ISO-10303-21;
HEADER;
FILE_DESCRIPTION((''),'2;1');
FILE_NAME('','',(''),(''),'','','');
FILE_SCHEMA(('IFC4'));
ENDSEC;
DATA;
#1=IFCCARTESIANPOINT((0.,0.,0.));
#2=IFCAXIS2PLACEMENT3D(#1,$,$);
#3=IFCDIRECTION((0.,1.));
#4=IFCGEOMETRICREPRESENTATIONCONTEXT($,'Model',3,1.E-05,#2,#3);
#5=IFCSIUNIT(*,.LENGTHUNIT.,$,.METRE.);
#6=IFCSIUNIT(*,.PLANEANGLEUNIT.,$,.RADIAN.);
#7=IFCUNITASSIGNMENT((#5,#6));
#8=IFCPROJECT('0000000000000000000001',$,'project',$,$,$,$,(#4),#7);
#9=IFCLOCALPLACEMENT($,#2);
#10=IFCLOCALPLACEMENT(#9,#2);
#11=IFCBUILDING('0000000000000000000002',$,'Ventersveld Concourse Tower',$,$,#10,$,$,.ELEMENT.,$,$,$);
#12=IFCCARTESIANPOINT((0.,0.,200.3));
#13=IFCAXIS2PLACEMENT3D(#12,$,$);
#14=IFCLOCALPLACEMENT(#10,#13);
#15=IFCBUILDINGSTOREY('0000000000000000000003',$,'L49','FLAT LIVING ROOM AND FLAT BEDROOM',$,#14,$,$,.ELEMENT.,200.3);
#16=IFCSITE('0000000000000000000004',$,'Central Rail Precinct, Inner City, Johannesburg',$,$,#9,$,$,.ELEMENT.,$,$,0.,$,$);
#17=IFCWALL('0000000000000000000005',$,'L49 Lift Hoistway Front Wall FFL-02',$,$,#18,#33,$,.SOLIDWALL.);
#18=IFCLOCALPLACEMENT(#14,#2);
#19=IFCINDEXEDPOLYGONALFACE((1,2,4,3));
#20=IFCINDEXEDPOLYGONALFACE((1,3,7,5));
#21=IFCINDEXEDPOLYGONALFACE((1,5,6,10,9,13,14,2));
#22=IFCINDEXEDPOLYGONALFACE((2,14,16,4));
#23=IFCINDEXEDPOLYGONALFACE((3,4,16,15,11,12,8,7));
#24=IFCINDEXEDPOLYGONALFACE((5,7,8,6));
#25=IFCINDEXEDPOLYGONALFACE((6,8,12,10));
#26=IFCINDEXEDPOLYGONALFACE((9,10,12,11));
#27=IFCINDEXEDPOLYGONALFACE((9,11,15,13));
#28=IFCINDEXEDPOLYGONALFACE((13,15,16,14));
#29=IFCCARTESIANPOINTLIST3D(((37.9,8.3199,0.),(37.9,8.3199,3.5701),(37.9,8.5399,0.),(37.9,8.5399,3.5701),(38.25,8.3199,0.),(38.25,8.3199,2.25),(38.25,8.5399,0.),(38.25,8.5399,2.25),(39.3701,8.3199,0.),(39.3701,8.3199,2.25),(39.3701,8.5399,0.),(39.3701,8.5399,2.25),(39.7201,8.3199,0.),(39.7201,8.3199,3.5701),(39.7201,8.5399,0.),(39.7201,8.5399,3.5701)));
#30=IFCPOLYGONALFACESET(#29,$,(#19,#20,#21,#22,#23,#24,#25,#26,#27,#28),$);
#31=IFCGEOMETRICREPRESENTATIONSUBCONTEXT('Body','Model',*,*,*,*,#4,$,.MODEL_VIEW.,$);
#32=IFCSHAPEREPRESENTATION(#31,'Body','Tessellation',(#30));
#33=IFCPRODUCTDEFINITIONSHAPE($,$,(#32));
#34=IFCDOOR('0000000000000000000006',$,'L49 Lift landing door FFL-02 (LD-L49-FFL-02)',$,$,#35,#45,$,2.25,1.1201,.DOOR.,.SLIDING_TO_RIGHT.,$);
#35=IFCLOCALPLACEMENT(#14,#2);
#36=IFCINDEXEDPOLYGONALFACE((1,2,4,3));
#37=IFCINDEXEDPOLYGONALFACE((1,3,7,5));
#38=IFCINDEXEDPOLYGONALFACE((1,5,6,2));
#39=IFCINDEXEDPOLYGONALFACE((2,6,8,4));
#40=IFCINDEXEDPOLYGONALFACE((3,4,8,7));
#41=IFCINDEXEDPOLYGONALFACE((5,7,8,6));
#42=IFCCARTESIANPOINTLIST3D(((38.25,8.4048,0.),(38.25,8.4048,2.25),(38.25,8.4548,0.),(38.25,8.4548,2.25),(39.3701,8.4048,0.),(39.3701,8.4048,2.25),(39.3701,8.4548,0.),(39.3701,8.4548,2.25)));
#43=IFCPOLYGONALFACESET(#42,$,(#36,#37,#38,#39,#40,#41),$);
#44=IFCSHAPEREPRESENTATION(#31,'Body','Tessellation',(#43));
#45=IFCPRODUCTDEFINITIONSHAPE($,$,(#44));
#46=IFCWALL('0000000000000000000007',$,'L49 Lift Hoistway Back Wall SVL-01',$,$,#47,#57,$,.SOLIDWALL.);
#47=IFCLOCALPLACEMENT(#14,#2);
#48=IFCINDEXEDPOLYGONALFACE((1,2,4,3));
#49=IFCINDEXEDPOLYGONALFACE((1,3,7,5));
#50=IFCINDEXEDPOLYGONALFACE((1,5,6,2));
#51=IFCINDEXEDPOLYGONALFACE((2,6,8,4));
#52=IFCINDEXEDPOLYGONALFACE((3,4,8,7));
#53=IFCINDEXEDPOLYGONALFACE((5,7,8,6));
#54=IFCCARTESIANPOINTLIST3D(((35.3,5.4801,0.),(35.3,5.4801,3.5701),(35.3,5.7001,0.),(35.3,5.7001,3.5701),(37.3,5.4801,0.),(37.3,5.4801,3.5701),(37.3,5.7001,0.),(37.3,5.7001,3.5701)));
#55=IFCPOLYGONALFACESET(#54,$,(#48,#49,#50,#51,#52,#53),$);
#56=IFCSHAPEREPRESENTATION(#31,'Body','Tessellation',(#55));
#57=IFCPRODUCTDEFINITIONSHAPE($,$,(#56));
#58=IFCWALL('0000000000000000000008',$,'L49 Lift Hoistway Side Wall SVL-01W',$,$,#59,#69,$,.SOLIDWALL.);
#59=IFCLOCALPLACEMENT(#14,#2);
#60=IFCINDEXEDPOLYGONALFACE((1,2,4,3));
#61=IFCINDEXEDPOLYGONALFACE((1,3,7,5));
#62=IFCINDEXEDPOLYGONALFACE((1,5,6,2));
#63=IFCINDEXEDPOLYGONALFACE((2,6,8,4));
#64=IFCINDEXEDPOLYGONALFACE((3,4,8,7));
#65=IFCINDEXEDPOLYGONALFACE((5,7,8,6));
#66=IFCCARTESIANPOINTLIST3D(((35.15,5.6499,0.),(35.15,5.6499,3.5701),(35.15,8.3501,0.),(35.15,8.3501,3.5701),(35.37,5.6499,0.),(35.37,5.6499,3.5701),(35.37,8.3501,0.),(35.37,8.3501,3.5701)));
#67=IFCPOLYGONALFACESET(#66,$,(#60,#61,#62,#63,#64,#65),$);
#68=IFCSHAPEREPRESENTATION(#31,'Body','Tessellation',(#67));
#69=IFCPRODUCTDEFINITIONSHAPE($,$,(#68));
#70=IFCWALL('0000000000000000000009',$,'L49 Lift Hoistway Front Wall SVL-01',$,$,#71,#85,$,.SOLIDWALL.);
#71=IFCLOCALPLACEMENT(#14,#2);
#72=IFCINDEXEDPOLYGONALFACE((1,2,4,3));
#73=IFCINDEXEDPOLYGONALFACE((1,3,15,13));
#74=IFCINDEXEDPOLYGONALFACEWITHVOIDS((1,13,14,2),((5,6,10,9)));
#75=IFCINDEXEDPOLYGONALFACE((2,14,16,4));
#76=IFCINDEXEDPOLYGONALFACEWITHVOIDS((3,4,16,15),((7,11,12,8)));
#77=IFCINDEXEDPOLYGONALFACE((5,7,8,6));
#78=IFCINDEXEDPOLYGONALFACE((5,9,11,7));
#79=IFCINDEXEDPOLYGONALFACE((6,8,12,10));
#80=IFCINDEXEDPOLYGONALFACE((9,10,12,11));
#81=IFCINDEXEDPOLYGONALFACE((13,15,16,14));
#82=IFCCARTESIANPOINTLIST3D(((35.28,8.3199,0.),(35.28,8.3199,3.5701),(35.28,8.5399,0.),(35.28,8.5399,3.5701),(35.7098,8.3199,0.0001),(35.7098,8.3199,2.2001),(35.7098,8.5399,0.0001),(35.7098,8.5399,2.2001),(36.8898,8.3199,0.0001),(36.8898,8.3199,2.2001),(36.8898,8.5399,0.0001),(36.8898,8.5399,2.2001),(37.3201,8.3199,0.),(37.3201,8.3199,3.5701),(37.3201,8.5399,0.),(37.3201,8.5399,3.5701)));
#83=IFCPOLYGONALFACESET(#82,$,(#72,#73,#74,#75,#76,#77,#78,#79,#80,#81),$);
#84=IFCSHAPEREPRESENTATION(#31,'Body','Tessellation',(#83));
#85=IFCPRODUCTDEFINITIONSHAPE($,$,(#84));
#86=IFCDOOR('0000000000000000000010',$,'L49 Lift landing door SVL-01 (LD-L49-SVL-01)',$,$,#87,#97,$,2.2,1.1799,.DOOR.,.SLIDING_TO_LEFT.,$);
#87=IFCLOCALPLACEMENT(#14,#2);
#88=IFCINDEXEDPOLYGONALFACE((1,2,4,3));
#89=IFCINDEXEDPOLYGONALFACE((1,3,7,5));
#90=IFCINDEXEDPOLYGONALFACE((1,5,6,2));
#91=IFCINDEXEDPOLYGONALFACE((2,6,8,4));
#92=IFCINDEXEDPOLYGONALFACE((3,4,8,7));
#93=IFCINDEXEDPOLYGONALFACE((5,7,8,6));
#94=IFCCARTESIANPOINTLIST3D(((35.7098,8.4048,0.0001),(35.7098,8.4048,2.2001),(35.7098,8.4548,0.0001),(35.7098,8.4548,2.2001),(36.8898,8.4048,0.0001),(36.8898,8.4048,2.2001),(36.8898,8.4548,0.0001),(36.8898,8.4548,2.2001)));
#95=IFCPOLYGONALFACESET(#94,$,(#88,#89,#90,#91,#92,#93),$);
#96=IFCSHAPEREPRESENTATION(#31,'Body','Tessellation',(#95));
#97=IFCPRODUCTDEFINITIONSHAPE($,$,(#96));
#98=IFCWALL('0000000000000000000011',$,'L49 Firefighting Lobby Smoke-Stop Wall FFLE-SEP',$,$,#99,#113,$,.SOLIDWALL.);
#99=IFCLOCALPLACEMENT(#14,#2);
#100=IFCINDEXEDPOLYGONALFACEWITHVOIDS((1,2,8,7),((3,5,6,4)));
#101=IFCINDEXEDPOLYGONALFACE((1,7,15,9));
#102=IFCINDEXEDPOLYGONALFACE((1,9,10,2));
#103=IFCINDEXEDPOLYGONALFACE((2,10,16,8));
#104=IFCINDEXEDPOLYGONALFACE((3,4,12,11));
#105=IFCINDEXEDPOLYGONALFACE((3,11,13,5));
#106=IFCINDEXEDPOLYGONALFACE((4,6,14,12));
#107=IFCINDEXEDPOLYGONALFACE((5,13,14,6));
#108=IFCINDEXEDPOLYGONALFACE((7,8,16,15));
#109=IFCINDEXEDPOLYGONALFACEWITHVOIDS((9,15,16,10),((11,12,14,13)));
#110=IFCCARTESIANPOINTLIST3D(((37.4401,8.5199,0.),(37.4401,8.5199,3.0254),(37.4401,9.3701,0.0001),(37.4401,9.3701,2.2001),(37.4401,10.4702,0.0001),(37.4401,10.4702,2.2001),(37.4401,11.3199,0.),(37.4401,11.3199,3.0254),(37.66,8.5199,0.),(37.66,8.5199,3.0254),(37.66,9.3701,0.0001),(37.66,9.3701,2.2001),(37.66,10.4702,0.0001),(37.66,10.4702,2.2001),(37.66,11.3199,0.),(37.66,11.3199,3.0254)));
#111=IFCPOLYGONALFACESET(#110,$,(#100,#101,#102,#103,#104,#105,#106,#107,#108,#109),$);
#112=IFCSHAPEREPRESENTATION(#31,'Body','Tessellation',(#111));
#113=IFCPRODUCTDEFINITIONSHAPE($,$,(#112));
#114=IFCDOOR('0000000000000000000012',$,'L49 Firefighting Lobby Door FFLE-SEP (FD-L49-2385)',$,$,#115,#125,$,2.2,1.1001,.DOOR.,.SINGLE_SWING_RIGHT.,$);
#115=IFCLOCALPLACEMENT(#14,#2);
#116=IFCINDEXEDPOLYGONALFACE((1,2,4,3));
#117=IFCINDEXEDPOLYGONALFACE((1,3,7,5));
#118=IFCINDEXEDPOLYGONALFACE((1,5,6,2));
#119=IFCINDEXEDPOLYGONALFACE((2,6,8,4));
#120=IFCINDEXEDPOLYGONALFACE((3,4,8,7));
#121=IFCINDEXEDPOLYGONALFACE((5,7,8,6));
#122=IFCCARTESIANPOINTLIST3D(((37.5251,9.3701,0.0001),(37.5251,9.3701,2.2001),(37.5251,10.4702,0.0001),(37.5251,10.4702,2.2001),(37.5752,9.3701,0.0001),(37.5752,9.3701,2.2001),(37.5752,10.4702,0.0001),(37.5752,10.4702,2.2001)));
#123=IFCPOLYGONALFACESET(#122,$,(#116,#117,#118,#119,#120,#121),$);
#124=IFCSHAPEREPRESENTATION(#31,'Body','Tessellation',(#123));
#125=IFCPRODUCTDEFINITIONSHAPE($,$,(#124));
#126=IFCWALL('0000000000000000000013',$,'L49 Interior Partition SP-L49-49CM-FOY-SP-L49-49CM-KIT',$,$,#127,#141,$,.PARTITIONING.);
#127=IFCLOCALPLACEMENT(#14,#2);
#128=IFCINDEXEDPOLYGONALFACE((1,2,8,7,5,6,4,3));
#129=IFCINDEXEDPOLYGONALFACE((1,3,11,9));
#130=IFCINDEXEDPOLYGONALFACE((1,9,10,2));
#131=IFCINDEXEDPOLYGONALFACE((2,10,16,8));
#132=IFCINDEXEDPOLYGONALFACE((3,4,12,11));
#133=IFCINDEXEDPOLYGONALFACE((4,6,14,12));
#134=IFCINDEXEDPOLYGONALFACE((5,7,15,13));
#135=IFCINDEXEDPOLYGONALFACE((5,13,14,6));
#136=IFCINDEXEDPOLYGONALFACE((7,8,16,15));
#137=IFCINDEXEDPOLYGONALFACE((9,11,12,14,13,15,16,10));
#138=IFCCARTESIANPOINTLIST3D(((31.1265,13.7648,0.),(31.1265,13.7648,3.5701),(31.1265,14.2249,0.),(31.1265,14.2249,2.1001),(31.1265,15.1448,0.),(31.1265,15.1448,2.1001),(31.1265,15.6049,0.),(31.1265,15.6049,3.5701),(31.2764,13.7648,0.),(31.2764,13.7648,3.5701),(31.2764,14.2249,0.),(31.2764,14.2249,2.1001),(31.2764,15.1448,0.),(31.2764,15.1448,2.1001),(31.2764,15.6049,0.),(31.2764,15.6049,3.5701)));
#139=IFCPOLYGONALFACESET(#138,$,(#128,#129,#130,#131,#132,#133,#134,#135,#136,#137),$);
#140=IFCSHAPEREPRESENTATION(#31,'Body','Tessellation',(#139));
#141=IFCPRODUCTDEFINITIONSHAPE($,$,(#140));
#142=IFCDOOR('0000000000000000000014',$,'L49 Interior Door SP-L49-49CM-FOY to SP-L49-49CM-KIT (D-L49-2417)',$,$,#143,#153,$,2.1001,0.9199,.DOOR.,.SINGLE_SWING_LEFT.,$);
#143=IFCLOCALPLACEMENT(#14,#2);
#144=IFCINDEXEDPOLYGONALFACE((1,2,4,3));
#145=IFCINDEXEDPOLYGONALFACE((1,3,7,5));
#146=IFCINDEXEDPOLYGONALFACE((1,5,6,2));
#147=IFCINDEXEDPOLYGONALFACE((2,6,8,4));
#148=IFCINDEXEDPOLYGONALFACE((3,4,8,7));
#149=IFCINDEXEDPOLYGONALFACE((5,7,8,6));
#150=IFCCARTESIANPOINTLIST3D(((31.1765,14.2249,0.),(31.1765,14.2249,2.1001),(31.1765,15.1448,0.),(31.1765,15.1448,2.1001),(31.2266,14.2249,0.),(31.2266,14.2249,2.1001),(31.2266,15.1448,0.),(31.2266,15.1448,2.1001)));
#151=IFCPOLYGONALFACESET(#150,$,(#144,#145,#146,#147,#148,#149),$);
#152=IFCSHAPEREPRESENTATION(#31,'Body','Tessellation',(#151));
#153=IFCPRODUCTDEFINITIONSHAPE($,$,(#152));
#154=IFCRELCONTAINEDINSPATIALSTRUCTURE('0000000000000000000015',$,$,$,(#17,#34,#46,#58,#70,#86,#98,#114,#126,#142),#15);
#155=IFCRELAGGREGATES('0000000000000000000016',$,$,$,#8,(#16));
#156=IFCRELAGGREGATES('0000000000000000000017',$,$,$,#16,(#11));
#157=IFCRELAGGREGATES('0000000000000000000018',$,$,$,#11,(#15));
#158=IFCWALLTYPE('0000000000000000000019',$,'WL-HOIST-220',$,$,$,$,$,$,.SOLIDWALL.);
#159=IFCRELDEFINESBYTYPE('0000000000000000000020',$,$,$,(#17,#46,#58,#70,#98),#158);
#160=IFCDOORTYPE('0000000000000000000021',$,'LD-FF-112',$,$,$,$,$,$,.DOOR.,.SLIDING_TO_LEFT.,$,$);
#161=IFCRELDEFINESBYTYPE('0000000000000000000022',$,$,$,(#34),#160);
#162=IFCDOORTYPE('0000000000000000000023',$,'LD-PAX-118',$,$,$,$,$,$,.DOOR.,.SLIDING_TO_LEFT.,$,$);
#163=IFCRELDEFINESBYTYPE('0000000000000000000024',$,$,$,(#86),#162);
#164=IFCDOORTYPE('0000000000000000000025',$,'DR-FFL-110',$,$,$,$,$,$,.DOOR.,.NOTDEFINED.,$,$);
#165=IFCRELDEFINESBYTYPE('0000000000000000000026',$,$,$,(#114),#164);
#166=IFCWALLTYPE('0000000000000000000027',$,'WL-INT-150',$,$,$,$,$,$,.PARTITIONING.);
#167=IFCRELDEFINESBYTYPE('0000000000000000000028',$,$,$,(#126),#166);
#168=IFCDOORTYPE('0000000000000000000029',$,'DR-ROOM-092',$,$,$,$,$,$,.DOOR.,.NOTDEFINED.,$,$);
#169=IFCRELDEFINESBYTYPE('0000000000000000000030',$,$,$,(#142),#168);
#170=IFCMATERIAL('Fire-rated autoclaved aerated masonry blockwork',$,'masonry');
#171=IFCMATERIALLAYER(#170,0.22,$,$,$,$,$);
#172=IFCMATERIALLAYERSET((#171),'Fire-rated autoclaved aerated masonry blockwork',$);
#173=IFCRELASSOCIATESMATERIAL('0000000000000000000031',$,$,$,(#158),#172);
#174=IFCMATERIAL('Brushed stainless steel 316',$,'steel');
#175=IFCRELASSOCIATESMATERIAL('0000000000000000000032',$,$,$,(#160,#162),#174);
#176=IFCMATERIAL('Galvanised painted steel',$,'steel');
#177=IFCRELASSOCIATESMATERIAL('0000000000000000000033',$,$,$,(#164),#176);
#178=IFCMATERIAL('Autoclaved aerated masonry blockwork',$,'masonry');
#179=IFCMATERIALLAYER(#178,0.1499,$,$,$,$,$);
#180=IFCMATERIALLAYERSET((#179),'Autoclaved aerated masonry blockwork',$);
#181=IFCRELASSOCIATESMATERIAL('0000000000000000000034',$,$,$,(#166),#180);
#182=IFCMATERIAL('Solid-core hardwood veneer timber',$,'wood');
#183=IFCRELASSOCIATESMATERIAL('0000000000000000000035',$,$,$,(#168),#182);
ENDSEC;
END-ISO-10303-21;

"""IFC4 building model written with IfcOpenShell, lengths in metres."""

from ifc_helpers import new_model, si_unit, direction, frame, frame_2d, origin, place, context, subcontext, project, spatial, rectangle, extrude, material, layer, layer_set, type_object, element, fill, save


model = new_model("IFC4")

# Units and contexts
model_context = context("Model", 3, precision=1e-05, world=origin(), true_north=direction((0.0, 1.0)))
body_context = subcontext(model_context, "Body", "Model", "MODEL_VIEW")
ifc_project = project(units=[si_unit("LENGTHUNIT", "METRE"), si_unit("PLANEANGLEUNIT", "RADIAN")], contexts=[model_context])

# Site, building, storey
site_placement = place(None, origin())
site = spatial("IfcSite", under=ifc_project, at=site_placement, Name="Central Rail Precinct, Inner City, Johannesburg", CompositionType="ELEMENT", RefElevation=0.0)
building_placement = place(site_placement, origin())
building = spatial("IfcBuilding", under=site, at=building_placement, Name="Ventersveld Concourse Tower", CompositionType="ELEMENT")
storey_placement = place(building_placement, frame((0.0, 0.0, 200.3)))
storey = spatial("IfcBuildingStorey", under=building, at=storey_placement, Name="L49", Description="FLAT LIVING ROOM AND FLAT BEDROOM", CompositionType="ELEMENT", Elevation=200.3)

# Shared definitions
ifc_material_1 = material(Name="Fire-rated autoclaved aerated masonry blockwork", Category="masonry")
ifc_layer_1 = layer(ifc_material_1, 0.22)
ifc_layer_set_1 = layer_set([ifc_layer_1], Name="Fire-rated autoclaved aerated masonry blockwork")
wall_type_1 = type_object("IfcWallType", Name="WL-HOIST-220", PredefinedType="SOLIDWALL", material=ifc_layer_set_1)

# Wall, opening, door
wall_1_placement = place(storey_placement, frame((37.8999, 8.4299, 0.0), z_axis=(0.0, 0.0, 1.0), x_axis=(1.0, 0.0, 0.0)))
wall_1 = element("IfcWall", 1, at=wall_1_placement, inside=storey, type_object=wall_type_1, Name="L49 Lift Hoistway Front Wall FFL-02", PredefinedType="SOLIDWALL", context=body_context, shape_type="SweptSolid", body=[
    extrude(rectangle(XDim=1.8201, YDim=0.22, at=frame_2d((0.9102, 0.0))), origin(), (0.0, 0.0, 1.0), 3.5701),
])
opening_1_placement = place(wall_1_placement, frame((0.3501, 0.0, 0.0)))
opening_1 = element("IfcOpeningElement", 2, at=opening_1_placement, cuts=wall_1, PredefinedType="OPENING", context=body_context, shape_type="SweptSolid", body=[
    extrude(rectangle(XDim=1.1201, YDim=2.25, at=frame_2d((0.5601, 1.125))), frame((0.0, 0.1201, 0.0), z_axis=(0.0, -1.0, 0.0), x_axis=(1.0, 0.0, 0.0)), (0.0, 0.0, 1.0), 0.24),
])
ifc_material_2 = material(Name="Brushed stainless steel 316", Category="steel")
door_type_1 = type_object("IfcDoorType", Name="LD-FF-112", OperationType="SLIDING_TO_LEFT", PredefinedType="DOOR", material=ifc_material_2)
door_1_placement = place(opening_1_placement, origin())
door_1 = element("IfcDoor", 3, at=door_1_placement, inside=storey, type_object=door_type_1, Name="L49 Lift landing door FFL-02 (LD-L49-FFL-02)", OperationType="SLIDING_TO_RIGHT", OverallHeight=2.25, OverallWidth=1.1201, PredefinedType="DOOR", context=body_context, shape_type="SweptSolid", body=[
    extrude(rectangle(XDim=1.1201, YDim=2.25, at=frame_2d((0.5601, 1.125))), frame((0.0, 0.0249, 0.0), z_axis=(0.0, -1.0, 0.0), x_axis=(1.0, 0.0, 0.0)), (0.0, 0.0, 1.0), 0.05),
])
fill(opening_1, door_1)

# Walls
wall_2_placement = place(storey_placement, frame((35.3, 5.5901, 0.0), z_axis=(0.0, 0.0, 1.0), x_axis=(1.0, 0.0, 0.0)))
element("IfcWall", 4, at=wall_2_placement, inside=storey, type_object=wall_type_1, Name="L49 Lift Hoistway Back Wall SVL-01", PredefinedType="SOLIDWALL", context=body_context, shape_type="SweptSolid", body=[
    extrude(rectangle(XDim=2.0, YDim=0.22, at=frame_2d((1.0, 0.0))), origin(), (0.0, 0.0, 1.0), 3.5701),
])
wall_3_placement = place(storey_placement, frame((35.26, 5.6499, 0.0), z_axis=(0.0, 0.0, 1.0), x_axis=(0.0, 1.0, 0.0)))
element("IfcWall", 5, at=wall_3_placement, inside=storey, type_object=wall_type_1, Name="L49 Lift Hoistway Side Wall SVL-01W", PredefinedType="SOLIDWALL", context=body_context, shape_type="SweptSolid", body=[
    extrude(rectangle(XDim=2.7002, YDim=0.22, at=frame_2d((1.3501, 0.0))), origin(), (0.0, 0.0, 1.0), 3.5701),
])

# Walls, openings, doors
wall_4_placement = place(storey_placement, frame((35.28, 8.4299, 0.0), z_axis=(0.0, 0.0, 1.0), x_axis=(1.0, 0.0, 0.0)))
wall_4 = element("IfcWall", 6, at=wall_4_placement, inside=storey, type_object=wall_type_1, Name="L49 Lift Hoistway Front Wall SVL-01", PredefinedType="SOLIDWALL", context=body_context, shape_type="SweptSolid", body=[
    extrude(rectangle(XDim=2.04, YDim=0.22, at=frame_2d((1.02, 0.0))), origin(), (0.0, 0.0, 1.0), 3.5701),
])
opening_2_placement = place(wall_4_placement, frame((0.4299, 0.0, 0.0)))
opening_2 = element("IfcOpeningElement", 7, at=opening_2_placement, cuts=wall_4, PredefinedType="OPENING", context=body_context, shape_type="SweptSolid", body=[
    extrude(rectangle(XDim=1.1799, YDim=2.2, at=frame_2d((0.5898, 1.1001))), frame((0.0, 0.1201, 0.0), z_axis=(0.0, -1.0, 0.0), x_axis=(1.0, 0.0, 0.0)), (0.0, 0.0, 1.0), 0.24),
])
door_type_2 = type_object("IfcDoorType", Name="LD-PAX-118", OperationType="SLIDING_TO_LEFT", PredefinedType="DOOR", material=ifc_material_2)
door_2_placement = place(opening_2_placement, origin())
door_2 = element("IfcDoor", 8, at=door_2_placement, inside=storey, type_object=door_type_2, Name="L49 Lift landing door SVL-01 (LD-L49-SVL-01)", OperationType="SLIDING_TO_LEFT", OverallHeight=2.2, OverallWidth=1.1799, PredefinedType="DOOR", context=body_context, shape_type="SweptSolid", body=[
    extrude(rectangle(XDim=1.1799, YDim=2.2, at=frame_2d((0.5898, 1.1001))), frame((0.0, 0.0249, 0.0), z_axis=(0.0, -1.0, 0.0), x_axis=(1.0, 0.0, 0.0)), (0.0, 0.0, 1.0), 0.05),
])
fill(opening_2, door_2)
wall_5_placement = place(storey_placement, frame((37.55, 8.52, 0.0), z_axis=(0.0, 0.0, 1.0), x_axis=(0.0, 1.0, 0.0)))
wall_5 = element("IfcWall", 9, at=wall_5_placement, inside=storey, type_object=wall_type_1, Name="L49 Firefighting Lobby Smoke-Stop Wall FFLE-SEP", PredefinedType="SOLIDWALL", context=body_context, shape_type="SweptSolid", body=[
    extrude(rectangle(XDim=2.8, YDim=0.22, at=frame_2d((1.3999, 0.0))), origin(), (0.0, 0.0, 1.0), 3.0254),
])
opening_3_placement = place(wall_5_placement, frame((0.8501, 0.0, 0.0)))
opening_3 = element("IfcOpeningElement", 10, at=opening_3_placement, cuts=wall_5, PredefinedType="OPENING", context=body_context, shape_type="SweptSolid", body=[
    extrude(rectangle(XDim=1.1001, YDim=2.2, at=frame_2d((0.55, 1.1001))), frame((0.0, 0.1201, 0.0), z_axis=(0.0, -1.0, 0.0), x_axis=(1.0, 0.0, 0.0)), (0.0, 0.0, 1.0), 0.24),
])
ifc_material_3 = material(Name="Galvanised painted steel", Category="steel")
door_type_3 = type_object("IfcDoorType", Name="DR-FFL-110", OperationType="NOTDEFINED", PredefinedType="DOOR", material=ifc_material_3)
door_3_placement = place(opening_3_placement, origin())
door_3 = element("IfcDoor", 11, at=door_3_placement, inside=storey, type_object=door_type_3, Name="L49 Firefighting Lobby Door FFLE-SEP (FD-L49-2385)", OperationType="SINGLE_SWING_RIGHT", OverallHeight=2.2, OverallWidth=1.1001, PredefinedType="DOOR", context=body_context, shape_type="SweptSolid", body=[
    extrude(rectangle(XDim=1.1001, YDim=2.2, at=frame_2d((0.55, 1.1001))), frame((0.0, 0.0249, 0.0), z_axis=(0.0, -1.0, 0.0), x_axis=(1.0, 0.0, 0.0)), (0.0, 0.0, 1.0), 0.05),
])
fill(opening_3, door_3)
ifc_material_4 = material(Name="Autoclaved aerated masonry blockwork", Category="masonry")
ifc_layer_2 = layer(ifc_material_4, 0.1499)
ifc_layer_set_2 = layer_set([ifc_layer_2], Name="Autoclaved aerated masonry blockwork")
wall_type_2 = type_object("IfcWallType", Name="WL-INT-150", PredefinedType="PARTITIONING", material=ifc_layer_set_2)
wall_6_placement = place(storey_placement, frame((31.2014, 13.7649, 0.0), z_axis=(0.0, 0.0, 1.0), x_axis=(0.0, 1.0, 0.0)))
wall_6 = element("IfcWall", 12, at=wall_6_placement, inside=storey, type_object=wall_type_2, Name="L49 Interior Partition SP-L49-49CM-FOY-SP-L49-49CM-KIT", PredefinedType="PARTITIONING", context=body_context, shape_type="SweptSolid", body=[
    extrude(rectangle(XDim=1.8401, YDim=0.1499, at=frame_2d((0.9199, 0.0))), origin(), (0.0, 0.0, 1.0), 3.5701),
])
opening_4_placement = place(wall_6_placement, frame((0.46, 0.0, 0.0)))
opening_4 = element("IfcOpeningElement", 13, at=opening_4_placement, cuts=wall_6, PredefinedType="OPENING", context=body_context, shape_type="SweptSolid", body=[
    extrude(rectangle(XDim=0.9199, YDim=2.1001, at=frame_2d((0.46, 1.05))), frame((0.0, 0.085, 0.0), z_axis=(0.0, -1.0, 0.0), x_axis=(1.0, 0.0, 0.0)), (0.0, 0.0, 1.0), 0.1699),
])
ifc_material_5 = material(Name="Solid-core hardwood veneer timber", Category="wood")
door_type_4 = type_object("IfcDoorType", Name="DR-ROOM-092", OperationType="NOTDEFINED", PredefinedType="DOOR", material=ifc_material_5)
door_4_placement = place(opening_4_placement, origin())
door_4 = element("IfcDoor", 14, at=door_4_placement, inside=storey, type_object=door_type_4, Name="L49 Interior Door SP-L49-49CM-FOY to SP-L49-49CM-KIT (D-L49-2417)", OperationType="SINGLE_SWING_LEFT", OverallHeight=2.1001, OverallWidth=0.9199, PredefinedType="DOOR", context=body_context, shape_type="SweptSolid", body=[
    extrude(rectangle(XDim=0.9199, YDim=2.1001, at=frame_2d((0.46, 1.05))), frame((0.0, 0.0249, 0.0), z_axis=(0.0, -1.0, 0.0), x_axis=(1.0, 0.0, 0.0)), (0.0, 0.0, 1.0), 0.05),
])
fill(opening_4, door_4)

save(model, "model.ifc")
